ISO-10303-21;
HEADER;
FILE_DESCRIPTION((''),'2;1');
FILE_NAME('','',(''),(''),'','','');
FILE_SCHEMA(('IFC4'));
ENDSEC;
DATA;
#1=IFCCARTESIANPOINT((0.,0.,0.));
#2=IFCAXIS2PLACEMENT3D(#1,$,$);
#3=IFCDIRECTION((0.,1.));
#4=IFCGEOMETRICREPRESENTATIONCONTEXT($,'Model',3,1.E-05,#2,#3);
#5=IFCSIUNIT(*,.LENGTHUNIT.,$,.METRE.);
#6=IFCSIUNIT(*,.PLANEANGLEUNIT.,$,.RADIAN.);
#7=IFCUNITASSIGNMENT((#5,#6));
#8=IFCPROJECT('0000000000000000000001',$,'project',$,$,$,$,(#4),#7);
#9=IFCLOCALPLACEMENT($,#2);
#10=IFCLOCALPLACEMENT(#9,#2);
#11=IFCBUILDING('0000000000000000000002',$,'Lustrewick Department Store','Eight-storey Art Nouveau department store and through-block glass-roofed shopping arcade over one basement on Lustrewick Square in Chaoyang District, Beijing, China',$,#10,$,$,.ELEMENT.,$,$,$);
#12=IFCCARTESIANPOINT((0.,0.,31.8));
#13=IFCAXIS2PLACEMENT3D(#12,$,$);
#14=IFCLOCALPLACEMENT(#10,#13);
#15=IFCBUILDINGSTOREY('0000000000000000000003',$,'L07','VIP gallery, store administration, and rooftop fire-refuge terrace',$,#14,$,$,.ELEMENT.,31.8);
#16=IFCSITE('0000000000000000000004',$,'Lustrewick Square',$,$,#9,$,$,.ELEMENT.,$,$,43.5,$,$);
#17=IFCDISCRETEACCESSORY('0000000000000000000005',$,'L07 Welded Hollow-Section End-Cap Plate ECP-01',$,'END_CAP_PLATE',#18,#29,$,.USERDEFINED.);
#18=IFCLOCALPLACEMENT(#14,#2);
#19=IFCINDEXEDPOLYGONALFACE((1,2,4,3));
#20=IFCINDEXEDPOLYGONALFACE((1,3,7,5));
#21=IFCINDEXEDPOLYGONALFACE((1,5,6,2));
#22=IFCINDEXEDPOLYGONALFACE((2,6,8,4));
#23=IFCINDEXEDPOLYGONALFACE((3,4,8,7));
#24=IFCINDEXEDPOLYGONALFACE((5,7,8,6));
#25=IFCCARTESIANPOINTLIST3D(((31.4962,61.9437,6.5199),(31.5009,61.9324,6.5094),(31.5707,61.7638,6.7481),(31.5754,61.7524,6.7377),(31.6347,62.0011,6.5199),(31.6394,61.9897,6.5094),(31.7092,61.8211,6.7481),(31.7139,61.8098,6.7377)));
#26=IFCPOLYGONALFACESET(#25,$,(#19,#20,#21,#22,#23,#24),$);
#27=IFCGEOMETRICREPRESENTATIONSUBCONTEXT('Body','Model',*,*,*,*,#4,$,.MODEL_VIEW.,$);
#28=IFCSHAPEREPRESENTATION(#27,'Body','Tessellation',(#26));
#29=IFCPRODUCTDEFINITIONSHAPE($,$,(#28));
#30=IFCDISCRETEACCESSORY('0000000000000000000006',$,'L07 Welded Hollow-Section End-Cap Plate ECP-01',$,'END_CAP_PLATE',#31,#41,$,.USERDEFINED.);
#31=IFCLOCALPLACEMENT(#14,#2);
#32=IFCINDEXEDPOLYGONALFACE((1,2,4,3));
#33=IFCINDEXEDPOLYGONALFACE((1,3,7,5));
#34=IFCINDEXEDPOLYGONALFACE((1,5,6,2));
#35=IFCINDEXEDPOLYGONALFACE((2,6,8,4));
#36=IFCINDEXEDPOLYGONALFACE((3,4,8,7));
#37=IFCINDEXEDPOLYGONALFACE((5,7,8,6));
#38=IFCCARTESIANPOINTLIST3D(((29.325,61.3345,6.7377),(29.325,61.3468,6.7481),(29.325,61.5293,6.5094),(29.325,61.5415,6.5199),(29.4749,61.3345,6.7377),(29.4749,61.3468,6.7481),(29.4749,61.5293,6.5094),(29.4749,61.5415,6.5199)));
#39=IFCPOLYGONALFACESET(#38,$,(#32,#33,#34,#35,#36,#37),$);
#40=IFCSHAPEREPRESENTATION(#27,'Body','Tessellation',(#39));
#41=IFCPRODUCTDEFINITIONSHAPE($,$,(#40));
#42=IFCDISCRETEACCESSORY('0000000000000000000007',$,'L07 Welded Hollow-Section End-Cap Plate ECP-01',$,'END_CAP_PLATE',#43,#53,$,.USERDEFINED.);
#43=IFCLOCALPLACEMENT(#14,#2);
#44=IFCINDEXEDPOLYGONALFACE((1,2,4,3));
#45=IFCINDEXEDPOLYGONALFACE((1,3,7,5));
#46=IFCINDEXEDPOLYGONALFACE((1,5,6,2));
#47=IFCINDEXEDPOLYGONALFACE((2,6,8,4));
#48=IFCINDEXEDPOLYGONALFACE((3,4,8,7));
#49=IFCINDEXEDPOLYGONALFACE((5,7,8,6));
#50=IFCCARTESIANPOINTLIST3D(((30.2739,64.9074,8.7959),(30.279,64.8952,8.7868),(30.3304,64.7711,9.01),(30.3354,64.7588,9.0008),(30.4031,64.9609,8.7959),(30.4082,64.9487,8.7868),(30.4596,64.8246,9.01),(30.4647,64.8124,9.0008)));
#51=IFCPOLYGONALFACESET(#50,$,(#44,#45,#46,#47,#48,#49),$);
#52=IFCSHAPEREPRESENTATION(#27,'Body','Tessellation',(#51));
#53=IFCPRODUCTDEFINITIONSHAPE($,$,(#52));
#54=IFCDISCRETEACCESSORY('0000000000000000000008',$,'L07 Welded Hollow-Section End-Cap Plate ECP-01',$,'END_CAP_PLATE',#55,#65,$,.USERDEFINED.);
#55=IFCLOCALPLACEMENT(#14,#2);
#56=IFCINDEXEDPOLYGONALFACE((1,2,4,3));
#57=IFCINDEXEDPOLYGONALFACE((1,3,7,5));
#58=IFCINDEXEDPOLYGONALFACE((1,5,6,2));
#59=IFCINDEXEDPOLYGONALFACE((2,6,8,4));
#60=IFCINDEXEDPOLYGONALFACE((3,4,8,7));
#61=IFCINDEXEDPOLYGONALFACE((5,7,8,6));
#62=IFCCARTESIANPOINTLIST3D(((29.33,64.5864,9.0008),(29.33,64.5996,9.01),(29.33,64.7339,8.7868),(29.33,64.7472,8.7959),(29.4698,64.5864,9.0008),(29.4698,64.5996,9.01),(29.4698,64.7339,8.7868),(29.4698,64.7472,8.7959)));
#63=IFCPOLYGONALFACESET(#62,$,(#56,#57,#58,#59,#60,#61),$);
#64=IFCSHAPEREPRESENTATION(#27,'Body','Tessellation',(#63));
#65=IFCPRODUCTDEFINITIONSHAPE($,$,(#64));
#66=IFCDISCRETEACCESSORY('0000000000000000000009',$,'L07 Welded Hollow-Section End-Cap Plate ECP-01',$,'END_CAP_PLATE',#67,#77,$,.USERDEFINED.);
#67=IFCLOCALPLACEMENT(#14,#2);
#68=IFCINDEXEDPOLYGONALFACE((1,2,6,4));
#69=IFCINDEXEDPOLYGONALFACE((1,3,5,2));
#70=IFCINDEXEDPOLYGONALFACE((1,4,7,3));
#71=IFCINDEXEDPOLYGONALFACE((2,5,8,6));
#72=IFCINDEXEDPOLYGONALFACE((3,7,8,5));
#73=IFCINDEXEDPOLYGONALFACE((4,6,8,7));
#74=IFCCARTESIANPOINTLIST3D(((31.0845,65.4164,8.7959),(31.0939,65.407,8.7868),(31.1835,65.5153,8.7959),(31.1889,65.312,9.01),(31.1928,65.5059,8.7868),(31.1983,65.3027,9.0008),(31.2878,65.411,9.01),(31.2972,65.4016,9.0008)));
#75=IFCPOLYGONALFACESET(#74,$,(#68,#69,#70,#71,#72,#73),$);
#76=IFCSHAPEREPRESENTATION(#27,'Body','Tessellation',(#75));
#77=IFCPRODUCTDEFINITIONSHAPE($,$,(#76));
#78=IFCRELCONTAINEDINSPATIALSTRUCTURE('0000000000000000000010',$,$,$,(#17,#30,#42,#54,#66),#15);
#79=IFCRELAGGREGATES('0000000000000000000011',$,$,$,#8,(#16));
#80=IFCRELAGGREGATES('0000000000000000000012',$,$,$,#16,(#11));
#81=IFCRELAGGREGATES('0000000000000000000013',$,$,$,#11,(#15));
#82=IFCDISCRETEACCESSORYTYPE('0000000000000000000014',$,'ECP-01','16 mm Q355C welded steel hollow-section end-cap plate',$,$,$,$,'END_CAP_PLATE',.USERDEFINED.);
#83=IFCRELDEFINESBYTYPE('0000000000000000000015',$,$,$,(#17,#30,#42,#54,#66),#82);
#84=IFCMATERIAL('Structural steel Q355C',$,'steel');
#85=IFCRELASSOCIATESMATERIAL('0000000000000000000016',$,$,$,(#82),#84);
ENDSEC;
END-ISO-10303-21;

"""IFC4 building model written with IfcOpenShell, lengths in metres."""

from ifc_helpers import new_model, si_unit, direction, frame, origin, origin_2d, place, context, subcontext, project, spatial, rectangle, extrude, material, type_object, element, save


model = new_model("IFC4")

# Units and contexts
model_context = context("Model", 3, precision=1e-05, world=origin(), true_north=direction((0.0, 1.0)))
body_context = subcontext(model_context, "Body", "Model", "MODEL_VIEW")
ifc_project = project(units=[si_unit("LENGTHUNIT", "METRE"), si_unit("PLANEANGLEUNIT", "RADIAN")], contexts=[model_context])

# Site, building, storey
site_placement = place(None, origin())
site = spatial("IfcSite", under=ifc_project, at=site_placement, Name="Lustrewick Square", CompositionType="ELEMENT", RefElevation=43.5)
building_placement = place(site_placement, origin())
building = spatial("IfcBuilding", under=site, at=building_placement, Name="Lustrewick Department Store", Description="Eight-storey Art Nouveau department store and through-block glass-roofed shopping arcade over one basement on Lustrewick Square in Chaoyang District, Beijing, China", CompositionType="ELEMENT")
storey_placement = place(building_placement, frame((0.0, 0.0, 31.8)))
storey = spatial("IfcBuildingStorey", under=building, at=storey_placement, Name="L07", Description="VIP gallery, store administration, and rooftop fire-refuge terrace", CompositionType="ELEMENT", Elevation=31.8)

# Shared definitions
ifc_material_1 = material(Name="Structural steel Q355C", Category="steel")

# Discrete accessories
discrete_accessory_type_1 = type_object("IfcDiscreteAccessoryType", Name="ECP-01", Description="16 mm Q355C welded steel hollow-section end-cap plate", ElementType="END_CAP_PLATE", PredefinedType="USERDEFINED", material=ifc_material_1)
for number, where, z_axis, x_axis, name in (
    (1, (31.6074, 61.8711, 6.6235), (-0.291046, 0.70278, 0.649147), (-0.923905, -0.382622, 0.0), "L07 Welded Hollow-Section End-Cap Plate ECP-01"),
    (2, (29.3999, 61.4319, 6.6235), (0.0, 0.760657, 0.649154), (-1.0, 0.0, 0.0), "L07 Welded Hollow-Section End-Cap Plate ECP-01"),
):
    element("IfcDiscreteAccessory", number, at=place(storey_placement, frame(where, z_axis=z_axis, x_axis=x_axis)), inside=storey, type_object=discrete_accessory_type_1, Name=name, ObjectType="END_CAP_PLATE", PredefinedType="USERDEFINED", context=body_context, shape_type="SweptSolid", body=[
        extrude(rectangle(XDim=0.1499, YDim=0.3, at=origin_2d()), origin(), (0.0, 0.0, 1.0), 0.0161),
    ])
for number, where, z_axis, x_axis, name in (
    (3, (30.3718, 64.8538, 8.8938), (-0.315107, 0.760678, 0.567518), (-0.923869, -0.382708, 0.0), "L07 Welded Hollow-Section End-Cap Plate ECP-01"),
    (4, (29.3999, 64.6602, 8.8938), (0.0, 0.823345, 0.567541), (-1.0, 0.0, 0.0), "L07 Welded Hollow-Section End-Cap Plate ECP-01"),
    (5, (31.1956, 65.4043, 8.8938), (-0.582236, 0.582173, 0.567517), (-0.707069, -0.707145, 0.0), "L07 Welded Hollow-Section End-Cap Plate ECP-01"),
):
    element("IfcDiscreteAccessory", number, at=place(storey_placement, frame(where, z_axis=z_axis, x_axis=x_axis)), inside=storey, type_object=discrete_accessory_type_1, Name=name, ObjectType="END_CAP_PLATE", PredefinedType="USERDEFINED", context=body_context, shape_type="SweptSolid", body=[
        extrude(rectangle(XDim=0.1399, YDim=0.26, at=origin_2d()), origin(), (0.0, 0.0, 1.0), 0.0161),
    ])

save(model, "model.ifc")
